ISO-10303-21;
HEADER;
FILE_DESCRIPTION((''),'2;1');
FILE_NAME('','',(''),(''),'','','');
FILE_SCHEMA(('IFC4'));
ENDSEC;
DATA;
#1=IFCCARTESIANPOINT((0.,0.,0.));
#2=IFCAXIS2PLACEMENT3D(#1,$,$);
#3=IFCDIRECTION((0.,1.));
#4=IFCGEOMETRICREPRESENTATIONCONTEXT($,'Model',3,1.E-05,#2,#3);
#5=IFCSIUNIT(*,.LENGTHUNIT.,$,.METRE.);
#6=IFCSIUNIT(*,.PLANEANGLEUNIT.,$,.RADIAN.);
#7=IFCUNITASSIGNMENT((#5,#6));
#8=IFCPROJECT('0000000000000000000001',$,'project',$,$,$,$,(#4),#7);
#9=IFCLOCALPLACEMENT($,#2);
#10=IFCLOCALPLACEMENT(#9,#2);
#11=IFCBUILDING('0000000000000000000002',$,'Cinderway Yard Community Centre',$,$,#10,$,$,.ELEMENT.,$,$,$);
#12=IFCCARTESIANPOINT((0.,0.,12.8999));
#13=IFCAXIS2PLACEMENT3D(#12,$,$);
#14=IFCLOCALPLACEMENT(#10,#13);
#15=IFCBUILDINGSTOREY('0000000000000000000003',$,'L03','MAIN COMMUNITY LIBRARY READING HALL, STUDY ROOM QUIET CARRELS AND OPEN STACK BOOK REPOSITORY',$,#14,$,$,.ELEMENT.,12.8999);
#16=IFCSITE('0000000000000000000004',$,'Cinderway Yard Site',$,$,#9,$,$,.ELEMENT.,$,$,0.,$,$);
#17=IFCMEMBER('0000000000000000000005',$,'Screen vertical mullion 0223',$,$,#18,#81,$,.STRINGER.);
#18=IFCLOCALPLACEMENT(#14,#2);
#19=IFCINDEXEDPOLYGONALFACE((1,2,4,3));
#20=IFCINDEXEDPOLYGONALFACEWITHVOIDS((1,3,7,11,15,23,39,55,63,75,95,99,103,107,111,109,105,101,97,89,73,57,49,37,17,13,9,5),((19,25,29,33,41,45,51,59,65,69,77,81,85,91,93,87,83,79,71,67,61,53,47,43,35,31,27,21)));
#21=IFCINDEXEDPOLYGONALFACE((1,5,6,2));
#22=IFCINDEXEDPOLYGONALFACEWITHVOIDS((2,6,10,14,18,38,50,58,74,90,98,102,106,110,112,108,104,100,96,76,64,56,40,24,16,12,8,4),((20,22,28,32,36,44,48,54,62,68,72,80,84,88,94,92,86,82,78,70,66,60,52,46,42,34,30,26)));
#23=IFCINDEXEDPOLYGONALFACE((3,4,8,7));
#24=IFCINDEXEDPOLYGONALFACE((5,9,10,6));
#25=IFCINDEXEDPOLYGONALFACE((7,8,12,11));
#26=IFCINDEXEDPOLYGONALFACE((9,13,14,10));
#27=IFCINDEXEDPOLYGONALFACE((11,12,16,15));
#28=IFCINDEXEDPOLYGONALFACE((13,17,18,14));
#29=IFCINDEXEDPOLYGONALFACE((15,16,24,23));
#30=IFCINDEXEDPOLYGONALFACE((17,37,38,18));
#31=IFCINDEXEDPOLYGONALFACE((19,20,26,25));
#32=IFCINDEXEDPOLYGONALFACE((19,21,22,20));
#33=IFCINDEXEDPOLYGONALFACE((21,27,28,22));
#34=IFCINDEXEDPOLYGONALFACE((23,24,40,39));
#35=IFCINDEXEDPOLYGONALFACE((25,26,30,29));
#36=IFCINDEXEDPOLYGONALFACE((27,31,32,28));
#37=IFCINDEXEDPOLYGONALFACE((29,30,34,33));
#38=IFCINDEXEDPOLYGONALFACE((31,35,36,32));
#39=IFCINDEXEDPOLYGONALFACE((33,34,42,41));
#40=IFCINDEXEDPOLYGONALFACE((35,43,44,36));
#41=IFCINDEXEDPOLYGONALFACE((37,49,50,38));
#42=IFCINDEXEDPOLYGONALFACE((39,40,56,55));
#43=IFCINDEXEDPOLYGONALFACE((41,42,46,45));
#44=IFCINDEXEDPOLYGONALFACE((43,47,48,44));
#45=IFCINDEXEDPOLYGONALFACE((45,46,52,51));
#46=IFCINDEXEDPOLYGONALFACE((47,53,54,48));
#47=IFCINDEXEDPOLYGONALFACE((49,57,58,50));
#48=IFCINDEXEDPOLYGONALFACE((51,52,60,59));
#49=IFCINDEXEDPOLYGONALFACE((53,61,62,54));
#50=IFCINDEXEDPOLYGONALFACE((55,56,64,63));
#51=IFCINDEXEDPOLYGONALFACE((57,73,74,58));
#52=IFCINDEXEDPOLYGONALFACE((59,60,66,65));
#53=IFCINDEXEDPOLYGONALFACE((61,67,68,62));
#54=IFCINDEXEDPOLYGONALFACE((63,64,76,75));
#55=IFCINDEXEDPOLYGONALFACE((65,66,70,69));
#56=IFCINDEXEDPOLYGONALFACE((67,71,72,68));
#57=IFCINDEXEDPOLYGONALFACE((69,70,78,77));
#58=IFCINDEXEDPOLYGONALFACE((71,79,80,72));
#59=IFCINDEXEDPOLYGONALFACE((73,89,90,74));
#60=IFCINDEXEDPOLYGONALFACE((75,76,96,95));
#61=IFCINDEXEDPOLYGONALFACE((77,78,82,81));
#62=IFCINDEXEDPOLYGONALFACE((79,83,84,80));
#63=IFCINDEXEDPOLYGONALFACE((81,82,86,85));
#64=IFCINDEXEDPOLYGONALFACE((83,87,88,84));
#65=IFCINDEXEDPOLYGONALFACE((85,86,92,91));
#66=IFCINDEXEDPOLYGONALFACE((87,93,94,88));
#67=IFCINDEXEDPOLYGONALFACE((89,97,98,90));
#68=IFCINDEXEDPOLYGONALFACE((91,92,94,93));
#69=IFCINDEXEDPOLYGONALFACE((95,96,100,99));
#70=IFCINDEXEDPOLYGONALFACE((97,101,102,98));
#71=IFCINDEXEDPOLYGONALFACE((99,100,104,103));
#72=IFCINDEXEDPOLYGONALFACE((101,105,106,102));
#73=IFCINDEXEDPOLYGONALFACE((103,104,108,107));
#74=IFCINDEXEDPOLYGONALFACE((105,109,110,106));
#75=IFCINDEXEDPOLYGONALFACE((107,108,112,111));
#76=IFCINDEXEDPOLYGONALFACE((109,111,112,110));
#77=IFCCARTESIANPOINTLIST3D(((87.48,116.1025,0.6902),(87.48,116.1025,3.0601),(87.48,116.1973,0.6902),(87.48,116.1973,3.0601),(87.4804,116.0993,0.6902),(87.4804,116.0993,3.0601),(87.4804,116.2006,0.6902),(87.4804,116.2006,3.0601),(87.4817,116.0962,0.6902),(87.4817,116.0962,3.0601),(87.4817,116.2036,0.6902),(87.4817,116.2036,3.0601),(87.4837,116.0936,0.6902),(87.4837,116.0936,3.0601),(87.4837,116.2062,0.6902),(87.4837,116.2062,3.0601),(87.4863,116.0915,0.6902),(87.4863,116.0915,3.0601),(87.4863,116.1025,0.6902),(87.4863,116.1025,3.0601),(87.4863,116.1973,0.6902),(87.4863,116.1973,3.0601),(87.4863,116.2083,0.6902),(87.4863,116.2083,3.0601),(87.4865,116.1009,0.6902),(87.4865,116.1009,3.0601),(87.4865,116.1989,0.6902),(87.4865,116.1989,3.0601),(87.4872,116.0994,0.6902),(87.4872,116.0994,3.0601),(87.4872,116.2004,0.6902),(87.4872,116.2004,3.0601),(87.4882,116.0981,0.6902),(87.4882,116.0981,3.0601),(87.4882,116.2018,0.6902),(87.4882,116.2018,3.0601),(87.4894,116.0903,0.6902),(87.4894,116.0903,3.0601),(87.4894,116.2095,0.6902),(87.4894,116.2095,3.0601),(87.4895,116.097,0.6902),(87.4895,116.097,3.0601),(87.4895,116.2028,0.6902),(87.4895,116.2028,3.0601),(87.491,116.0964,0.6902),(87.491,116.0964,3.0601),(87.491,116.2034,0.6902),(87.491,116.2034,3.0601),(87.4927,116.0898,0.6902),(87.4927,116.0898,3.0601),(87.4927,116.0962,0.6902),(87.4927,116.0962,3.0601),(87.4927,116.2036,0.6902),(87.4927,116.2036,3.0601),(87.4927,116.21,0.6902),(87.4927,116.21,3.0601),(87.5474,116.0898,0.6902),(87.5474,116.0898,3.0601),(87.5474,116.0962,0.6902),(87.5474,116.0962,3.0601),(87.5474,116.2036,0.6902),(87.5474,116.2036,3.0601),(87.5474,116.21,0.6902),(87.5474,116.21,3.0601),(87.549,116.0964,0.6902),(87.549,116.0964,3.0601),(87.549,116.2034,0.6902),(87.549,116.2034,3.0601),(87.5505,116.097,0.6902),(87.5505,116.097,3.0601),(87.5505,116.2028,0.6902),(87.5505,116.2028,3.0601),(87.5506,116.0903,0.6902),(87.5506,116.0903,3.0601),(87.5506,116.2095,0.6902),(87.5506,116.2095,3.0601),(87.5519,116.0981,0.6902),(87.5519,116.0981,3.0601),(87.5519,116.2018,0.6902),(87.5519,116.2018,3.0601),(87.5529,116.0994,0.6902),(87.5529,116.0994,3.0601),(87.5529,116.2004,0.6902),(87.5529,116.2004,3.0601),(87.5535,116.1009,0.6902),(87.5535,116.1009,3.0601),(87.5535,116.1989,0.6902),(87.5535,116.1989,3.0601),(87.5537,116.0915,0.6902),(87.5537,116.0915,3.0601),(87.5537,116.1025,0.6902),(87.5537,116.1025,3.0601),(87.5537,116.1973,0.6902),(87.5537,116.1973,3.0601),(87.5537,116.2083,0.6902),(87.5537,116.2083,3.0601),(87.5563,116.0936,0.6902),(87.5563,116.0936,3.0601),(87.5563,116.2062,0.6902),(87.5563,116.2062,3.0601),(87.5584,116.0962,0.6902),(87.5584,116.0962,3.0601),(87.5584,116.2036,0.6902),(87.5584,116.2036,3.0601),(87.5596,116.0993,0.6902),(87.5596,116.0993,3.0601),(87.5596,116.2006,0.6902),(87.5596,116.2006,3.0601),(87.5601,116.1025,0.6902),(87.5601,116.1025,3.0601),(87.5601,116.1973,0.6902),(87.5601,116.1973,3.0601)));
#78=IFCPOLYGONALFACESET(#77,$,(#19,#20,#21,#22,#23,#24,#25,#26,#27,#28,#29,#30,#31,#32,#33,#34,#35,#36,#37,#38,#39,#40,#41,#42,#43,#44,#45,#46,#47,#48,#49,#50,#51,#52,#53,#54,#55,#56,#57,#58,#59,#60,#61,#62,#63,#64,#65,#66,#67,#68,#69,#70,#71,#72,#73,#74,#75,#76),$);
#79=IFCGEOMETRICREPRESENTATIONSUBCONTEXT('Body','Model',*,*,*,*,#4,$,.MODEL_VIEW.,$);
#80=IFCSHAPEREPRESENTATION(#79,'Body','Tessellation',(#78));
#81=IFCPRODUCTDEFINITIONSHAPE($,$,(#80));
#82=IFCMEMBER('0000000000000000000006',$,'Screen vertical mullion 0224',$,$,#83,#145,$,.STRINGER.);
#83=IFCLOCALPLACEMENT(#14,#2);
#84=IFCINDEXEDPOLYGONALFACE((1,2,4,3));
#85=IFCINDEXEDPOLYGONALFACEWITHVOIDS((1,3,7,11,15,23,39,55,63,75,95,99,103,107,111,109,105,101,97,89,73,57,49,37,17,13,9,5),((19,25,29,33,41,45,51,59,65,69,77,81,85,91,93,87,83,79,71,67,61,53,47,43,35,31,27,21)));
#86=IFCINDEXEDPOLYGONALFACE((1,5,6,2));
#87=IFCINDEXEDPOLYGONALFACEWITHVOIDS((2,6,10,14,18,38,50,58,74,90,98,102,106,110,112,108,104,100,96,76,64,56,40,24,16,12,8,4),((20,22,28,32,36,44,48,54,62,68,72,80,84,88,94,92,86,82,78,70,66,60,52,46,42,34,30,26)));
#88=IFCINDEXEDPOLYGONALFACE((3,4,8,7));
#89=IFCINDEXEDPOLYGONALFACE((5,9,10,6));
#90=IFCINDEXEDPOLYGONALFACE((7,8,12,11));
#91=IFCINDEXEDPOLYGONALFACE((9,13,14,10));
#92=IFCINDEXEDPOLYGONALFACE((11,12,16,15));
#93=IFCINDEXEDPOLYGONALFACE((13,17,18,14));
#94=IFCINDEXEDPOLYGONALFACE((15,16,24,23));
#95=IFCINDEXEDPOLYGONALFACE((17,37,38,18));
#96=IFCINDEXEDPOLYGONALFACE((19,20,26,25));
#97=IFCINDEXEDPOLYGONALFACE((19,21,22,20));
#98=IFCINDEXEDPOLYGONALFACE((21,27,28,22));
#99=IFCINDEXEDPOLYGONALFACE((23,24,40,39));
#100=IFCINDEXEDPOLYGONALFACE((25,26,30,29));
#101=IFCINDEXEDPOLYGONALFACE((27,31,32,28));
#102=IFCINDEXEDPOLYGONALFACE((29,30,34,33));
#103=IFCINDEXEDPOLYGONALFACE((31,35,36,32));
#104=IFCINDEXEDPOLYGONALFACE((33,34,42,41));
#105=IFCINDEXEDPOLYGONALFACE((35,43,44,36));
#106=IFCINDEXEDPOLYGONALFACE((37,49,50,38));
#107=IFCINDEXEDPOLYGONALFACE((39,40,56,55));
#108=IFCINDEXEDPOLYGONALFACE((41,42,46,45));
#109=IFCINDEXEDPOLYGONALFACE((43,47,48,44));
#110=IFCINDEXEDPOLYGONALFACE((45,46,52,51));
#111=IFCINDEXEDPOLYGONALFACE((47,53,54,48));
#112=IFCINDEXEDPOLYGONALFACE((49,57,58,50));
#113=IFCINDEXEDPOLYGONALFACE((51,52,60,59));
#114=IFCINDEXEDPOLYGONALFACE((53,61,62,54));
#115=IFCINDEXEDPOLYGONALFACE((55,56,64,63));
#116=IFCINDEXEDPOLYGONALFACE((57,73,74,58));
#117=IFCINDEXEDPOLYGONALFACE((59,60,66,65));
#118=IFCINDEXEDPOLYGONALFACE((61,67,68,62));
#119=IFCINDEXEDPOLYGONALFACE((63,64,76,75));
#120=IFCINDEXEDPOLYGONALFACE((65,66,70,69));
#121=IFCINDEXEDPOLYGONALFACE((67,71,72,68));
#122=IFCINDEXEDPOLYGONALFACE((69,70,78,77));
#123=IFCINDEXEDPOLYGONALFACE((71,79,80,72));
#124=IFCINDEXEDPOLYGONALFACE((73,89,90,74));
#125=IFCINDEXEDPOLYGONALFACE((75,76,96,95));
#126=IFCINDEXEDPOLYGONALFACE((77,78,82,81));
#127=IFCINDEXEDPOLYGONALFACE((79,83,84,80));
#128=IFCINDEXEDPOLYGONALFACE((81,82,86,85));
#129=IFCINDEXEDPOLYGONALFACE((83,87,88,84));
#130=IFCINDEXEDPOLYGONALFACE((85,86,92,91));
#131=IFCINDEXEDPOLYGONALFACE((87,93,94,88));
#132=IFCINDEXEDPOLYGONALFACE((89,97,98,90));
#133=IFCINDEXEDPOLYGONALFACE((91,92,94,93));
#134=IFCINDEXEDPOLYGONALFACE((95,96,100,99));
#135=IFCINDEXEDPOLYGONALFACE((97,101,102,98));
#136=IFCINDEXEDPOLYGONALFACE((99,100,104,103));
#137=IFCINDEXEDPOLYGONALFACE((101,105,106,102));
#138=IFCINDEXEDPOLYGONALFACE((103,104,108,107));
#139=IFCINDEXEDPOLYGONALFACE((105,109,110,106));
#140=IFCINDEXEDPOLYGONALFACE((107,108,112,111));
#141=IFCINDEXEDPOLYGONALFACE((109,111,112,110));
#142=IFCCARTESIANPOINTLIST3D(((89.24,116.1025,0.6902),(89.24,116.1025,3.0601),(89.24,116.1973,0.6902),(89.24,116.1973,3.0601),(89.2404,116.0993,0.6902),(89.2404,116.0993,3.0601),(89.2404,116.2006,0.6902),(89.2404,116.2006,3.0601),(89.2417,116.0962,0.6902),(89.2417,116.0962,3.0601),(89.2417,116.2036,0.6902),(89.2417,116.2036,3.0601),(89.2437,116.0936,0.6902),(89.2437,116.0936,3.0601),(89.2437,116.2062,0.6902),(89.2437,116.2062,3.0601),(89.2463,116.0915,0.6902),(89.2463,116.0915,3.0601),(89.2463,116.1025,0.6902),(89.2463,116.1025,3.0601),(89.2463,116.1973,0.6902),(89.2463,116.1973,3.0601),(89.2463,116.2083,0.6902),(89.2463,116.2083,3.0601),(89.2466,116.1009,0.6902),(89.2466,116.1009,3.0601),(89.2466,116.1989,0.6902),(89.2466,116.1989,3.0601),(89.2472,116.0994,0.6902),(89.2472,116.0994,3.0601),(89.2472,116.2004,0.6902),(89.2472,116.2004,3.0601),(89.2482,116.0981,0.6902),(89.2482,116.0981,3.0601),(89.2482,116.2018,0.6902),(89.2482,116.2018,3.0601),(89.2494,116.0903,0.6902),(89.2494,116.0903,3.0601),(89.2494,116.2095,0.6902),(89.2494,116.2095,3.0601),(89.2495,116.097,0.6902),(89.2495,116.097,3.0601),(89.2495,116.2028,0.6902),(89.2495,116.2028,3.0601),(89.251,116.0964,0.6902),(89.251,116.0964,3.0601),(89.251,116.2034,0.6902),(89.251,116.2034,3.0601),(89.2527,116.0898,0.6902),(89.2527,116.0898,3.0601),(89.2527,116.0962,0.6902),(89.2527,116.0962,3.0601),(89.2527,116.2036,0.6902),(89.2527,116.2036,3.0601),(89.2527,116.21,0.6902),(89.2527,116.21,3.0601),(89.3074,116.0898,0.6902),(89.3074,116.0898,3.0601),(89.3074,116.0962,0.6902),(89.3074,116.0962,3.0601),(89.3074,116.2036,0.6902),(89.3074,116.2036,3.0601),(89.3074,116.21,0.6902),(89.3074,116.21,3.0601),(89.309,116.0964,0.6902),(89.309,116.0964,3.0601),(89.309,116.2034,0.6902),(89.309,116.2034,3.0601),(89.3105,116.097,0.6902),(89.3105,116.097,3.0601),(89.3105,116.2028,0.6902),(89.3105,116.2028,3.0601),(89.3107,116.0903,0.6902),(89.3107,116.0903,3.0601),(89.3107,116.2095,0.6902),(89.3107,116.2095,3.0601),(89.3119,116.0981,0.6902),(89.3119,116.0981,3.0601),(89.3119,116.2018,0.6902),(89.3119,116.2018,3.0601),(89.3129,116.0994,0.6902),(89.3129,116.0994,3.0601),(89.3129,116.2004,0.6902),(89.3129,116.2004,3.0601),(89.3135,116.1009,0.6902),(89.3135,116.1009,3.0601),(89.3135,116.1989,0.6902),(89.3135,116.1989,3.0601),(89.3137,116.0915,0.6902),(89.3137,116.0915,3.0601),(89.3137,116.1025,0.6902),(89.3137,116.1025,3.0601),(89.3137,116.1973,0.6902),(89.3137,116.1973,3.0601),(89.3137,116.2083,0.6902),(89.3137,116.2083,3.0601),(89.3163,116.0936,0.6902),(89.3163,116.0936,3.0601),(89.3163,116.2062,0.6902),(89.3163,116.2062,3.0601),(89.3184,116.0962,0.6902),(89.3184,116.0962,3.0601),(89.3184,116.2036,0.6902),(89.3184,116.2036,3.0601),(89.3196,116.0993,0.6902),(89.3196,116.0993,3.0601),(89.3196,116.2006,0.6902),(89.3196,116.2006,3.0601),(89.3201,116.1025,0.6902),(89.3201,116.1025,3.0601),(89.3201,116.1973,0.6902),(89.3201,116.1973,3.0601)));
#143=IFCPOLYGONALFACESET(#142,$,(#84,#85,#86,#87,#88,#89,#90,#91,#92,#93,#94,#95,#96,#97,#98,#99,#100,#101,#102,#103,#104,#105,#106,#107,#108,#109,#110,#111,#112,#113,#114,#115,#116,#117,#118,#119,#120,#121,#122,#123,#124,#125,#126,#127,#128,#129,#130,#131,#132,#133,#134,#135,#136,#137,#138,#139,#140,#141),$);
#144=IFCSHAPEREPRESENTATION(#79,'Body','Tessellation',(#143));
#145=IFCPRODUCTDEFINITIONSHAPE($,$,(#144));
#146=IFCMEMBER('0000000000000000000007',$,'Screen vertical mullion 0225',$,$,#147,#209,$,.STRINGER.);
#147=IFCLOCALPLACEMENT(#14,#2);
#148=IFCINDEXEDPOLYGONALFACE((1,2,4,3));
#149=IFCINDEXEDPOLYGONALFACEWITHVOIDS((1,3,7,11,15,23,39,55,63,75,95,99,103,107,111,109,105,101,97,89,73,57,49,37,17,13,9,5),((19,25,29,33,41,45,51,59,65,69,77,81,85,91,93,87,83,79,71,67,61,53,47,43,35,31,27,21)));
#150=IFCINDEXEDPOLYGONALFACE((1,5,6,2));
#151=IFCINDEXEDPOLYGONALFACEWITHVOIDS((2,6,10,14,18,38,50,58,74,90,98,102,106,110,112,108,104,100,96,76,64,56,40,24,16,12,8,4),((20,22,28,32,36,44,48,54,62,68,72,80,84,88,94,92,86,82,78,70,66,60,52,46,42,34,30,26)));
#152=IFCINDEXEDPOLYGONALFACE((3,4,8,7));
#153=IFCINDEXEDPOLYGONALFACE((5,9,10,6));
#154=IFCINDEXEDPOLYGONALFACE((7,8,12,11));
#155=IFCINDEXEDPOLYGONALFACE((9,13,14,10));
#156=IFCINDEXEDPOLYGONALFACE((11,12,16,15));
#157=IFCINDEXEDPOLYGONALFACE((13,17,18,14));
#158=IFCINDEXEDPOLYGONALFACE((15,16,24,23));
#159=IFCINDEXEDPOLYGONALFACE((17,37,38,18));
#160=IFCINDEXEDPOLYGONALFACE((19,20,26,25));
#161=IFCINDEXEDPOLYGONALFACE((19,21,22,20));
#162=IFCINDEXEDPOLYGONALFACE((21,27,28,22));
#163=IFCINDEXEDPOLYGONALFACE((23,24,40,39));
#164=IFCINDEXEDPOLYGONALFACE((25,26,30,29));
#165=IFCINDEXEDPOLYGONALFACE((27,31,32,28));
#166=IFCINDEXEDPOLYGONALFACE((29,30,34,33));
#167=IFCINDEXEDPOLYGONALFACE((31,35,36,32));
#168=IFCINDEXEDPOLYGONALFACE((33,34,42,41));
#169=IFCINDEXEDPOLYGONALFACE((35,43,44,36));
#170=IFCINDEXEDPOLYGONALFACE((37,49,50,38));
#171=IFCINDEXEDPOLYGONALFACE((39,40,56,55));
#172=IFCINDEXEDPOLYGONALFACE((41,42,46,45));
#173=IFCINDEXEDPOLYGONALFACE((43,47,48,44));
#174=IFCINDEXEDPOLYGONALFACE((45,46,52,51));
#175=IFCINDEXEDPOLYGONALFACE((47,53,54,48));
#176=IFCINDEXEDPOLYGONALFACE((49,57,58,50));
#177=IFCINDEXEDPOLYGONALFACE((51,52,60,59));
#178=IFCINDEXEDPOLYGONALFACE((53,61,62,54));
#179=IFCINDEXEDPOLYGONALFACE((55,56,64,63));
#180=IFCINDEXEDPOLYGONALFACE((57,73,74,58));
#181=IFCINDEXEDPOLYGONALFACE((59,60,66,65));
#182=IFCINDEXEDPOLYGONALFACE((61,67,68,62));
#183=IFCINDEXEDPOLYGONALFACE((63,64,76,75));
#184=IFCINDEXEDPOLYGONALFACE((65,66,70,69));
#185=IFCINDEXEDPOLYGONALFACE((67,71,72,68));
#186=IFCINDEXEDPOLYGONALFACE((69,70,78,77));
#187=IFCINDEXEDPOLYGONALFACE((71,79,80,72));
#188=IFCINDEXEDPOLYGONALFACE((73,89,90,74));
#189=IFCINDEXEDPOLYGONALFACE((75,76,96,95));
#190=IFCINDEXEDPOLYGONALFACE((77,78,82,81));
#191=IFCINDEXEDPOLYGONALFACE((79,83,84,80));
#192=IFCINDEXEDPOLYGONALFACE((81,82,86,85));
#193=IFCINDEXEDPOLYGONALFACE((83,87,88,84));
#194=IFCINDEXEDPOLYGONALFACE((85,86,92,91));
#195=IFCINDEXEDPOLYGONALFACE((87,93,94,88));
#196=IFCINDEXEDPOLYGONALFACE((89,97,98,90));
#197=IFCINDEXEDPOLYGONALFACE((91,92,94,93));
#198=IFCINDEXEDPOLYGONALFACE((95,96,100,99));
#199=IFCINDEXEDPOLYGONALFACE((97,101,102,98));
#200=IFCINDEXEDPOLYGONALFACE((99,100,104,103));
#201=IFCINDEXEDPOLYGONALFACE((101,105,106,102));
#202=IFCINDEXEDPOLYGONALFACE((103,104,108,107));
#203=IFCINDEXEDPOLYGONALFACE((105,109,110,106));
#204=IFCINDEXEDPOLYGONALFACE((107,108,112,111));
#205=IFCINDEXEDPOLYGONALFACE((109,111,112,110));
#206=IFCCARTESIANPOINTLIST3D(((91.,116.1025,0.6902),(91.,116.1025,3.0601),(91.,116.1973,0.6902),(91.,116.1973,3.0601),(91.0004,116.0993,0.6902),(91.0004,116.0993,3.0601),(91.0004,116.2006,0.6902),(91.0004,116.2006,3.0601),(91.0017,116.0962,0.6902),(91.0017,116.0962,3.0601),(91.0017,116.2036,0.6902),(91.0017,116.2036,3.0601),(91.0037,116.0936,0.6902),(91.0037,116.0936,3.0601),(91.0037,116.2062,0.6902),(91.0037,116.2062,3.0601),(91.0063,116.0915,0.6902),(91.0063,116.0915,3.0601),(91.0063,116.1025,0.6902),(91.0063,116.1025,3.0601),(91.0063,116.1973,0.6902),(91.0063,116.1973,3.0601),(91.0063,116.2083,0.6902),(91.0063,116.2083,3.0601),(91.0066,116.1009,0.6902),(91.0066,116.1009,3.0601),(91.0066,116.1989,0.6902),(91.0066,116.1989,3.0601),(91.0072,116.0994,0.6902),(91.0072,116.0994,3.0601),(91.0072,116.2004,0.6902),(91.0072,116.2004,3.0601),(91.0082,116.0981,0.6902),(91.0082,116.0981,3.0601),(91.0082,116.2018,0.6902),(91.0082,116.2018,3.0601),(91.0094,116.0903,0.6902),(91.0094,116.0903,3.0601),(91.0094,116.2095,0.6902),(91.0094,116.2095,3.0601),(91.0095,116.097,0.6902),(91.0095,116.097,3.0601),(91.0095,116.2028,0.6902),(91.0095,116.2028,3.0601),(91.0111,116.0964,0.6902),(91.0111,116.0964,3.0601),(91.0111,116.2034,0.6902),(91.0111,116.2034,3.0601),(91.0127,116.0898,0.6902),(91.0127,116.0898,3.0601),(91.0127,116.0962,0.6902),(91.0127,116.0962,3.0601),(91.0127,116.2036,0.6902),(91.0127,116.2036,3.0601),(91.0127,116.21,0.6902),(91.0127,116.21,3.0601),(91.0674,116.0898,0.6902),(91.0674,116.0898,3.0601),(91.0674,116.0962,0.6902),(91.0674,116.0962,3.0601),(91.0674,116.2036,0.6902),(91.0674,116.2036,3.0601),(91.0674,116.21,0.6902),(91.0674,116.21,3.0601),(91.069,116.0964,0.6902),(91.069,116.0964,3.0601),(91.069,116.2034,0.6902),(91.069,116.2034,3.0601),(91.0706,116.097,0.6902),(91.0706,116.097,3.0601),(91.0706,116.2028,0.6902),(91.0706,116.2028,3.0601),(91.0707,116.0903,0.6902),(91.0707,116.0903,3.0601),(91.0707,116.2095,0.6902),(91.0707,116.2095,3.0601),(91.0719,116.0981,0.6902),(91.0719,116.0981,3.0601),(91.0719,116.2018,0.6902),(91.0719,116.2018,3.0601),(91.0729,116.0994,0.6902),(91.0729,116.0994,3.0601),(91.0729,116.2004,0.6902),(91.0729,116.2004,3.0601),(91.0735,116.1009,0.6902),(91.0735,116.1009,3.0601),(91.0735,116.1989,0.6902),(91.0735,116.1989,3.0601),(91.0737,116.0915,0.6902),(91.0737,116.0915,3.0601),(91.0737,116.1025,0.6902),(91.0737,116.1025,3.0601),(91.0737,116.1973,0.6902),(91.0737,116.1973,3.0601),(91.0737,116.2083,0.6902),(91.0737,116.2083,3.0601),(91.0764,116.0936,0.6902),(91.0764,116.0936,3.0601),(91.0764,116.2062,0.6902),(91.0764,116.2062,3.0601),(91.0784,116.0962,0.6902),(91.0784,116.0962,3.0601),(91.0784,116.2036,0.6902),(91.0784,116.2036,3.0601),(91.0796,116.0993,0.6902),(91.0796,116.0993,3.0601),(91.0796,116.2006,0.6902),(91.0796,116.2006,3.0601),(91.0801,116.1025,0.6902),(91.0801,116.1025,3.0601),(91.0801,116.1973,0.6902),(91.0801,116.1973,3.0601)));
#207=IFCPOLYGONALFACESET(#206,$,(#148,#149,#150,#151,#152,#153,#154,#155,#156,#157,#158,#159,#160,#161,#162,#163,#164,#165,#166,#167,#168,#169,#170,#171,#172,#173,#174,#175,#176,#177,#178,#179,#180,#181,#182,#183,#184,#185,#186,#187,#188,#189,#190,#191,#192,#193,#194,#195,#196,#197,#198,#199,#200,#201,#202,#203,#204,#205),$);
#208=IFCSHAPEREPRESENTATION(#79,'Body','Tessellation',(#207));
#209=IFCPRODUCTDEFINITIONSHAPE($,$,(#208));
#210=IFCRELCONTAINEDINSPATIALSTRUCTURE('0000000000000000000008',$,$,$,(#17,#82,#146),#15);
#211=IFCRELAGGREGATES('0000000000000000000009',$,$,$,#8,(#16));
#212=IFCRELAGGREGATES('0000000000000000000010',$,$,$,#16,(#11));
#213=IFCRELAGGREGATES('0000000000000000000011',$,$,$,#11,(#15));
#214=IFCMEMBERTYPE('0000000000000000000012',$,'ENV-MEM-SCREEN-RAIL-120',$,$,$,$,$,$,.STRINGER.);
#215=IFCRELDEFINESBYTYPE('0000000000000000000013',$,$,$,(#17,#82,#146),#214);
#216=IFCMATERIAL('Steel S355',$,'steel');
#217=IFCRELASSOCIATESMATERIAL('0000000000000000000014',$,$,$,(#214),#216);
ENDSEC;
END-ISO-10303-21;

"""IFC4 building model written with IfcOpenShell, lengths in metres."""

from ifc_helpers import new_model, si_unit, direction, frame, origin, origin_2d, place, context, subcontext, project, spatial, hollow_rectangle, extrude, material, material_profile, profile_set, type_object, element, save


model = new_model("IFC4")

# Units and contexts
model_context = context("Model", 3, precision=1e-05, world=origin(), true_north=direction((0.0, 1.0)))
body_context = subcontext(model_context, "Body", "Model", "MODEL_VIEW")
ifc_project = project(units=[si_unit("LENGTHUNIT", "METRE"), si_unit("PLANEANGLEUNIT", "RADIAN")], contexts=[model_context])

# Site, building, storey
site_placement = place(None, origin())
site = spatial("IfcSite", under=ifc_project, at=site_placement, Name="Cinderway Yard Site", CompositionType="ELEMENT", RefElevation=0.0)
building_placement = place(site_placement, origin())
building = spatial("IfcBuilding", under=site, at=building_placement, Name="Cinderway Yard Community Centre", CompositionType="ELEMENT")
storey_placement = place(building_placement, frame((0.0, 0.0, 12.8999)))
storey = spatial("IfcBuildingStorey", under=building, at=storey_placement, Name="L03", Description="MAIN COMMUNITY LIBRARY READING HALL, STUDY ROOM QUIET CARRELS AND OPEN STACK BOOK REPOSITORY", CompositionType="ELEMENT", Elevation=12.8999)

# Members
ifc_material_1 = material(Name="Steel S355", Category="steel")
ifc_material_profile_1 = material_profile(ifc_material_1, hollow_rectangle(XDim=0.0801, YDim=0.1201, WallThickness=0.0063, InnerFilletRadius=0.0063, OuterFilletRadius=0.0127, at=origin_2d()), Name="Steel S355")
ifc_profile_set_1 = profile_set([ifc_material_profile_1], Name="Steel S355")
member_type_1 = type_object("IfcMemberType", Name="ENV-MEM-SCREEN-RAIL-120", PredefinedType="STRINGER", material=ifc_profile_set_1)
for number, where, z_axis, x_axis, name in (
    (1, (87.52, 116.1499, 0.6902), (0.0, 0.0, 1.0), (1.0, 0.0, 0.0), "Screen vertical mullion 0223"),
    (2, (89.28, 116.1499, 0.6902), (0.0, 0.0, 1.0), (1.0, 0.0, 0.0), "Screen vertical mullion 0224"),
    (3, (91.04, 116.1499, 0.6902), (0.0, 0.0, 1.0), (1.0, 0.0, 0.0), "Screen vertical mullion 0225"),
):
    element("IfcMember", number, at=place(storey_placement, frame(where, z_axis=z_axis, x_axis=x_axis)), inside=storey, type_object=member_type_1, Name=name, PredefinedType="STRINGER", context=body_context, shape_type="SweptSolid", body=[
        extrude(hollow_rectangle(XDim=0.0801, YDim=0.1201, WallThickness=0.0063, InnerFilletRadius=0.0063, OuterFilletRadius=0.0127, at=origin_2d()), origin(), (0.0, 0.0, 1.0), 2.3699),
    ])

save(model, "model.ifc")
